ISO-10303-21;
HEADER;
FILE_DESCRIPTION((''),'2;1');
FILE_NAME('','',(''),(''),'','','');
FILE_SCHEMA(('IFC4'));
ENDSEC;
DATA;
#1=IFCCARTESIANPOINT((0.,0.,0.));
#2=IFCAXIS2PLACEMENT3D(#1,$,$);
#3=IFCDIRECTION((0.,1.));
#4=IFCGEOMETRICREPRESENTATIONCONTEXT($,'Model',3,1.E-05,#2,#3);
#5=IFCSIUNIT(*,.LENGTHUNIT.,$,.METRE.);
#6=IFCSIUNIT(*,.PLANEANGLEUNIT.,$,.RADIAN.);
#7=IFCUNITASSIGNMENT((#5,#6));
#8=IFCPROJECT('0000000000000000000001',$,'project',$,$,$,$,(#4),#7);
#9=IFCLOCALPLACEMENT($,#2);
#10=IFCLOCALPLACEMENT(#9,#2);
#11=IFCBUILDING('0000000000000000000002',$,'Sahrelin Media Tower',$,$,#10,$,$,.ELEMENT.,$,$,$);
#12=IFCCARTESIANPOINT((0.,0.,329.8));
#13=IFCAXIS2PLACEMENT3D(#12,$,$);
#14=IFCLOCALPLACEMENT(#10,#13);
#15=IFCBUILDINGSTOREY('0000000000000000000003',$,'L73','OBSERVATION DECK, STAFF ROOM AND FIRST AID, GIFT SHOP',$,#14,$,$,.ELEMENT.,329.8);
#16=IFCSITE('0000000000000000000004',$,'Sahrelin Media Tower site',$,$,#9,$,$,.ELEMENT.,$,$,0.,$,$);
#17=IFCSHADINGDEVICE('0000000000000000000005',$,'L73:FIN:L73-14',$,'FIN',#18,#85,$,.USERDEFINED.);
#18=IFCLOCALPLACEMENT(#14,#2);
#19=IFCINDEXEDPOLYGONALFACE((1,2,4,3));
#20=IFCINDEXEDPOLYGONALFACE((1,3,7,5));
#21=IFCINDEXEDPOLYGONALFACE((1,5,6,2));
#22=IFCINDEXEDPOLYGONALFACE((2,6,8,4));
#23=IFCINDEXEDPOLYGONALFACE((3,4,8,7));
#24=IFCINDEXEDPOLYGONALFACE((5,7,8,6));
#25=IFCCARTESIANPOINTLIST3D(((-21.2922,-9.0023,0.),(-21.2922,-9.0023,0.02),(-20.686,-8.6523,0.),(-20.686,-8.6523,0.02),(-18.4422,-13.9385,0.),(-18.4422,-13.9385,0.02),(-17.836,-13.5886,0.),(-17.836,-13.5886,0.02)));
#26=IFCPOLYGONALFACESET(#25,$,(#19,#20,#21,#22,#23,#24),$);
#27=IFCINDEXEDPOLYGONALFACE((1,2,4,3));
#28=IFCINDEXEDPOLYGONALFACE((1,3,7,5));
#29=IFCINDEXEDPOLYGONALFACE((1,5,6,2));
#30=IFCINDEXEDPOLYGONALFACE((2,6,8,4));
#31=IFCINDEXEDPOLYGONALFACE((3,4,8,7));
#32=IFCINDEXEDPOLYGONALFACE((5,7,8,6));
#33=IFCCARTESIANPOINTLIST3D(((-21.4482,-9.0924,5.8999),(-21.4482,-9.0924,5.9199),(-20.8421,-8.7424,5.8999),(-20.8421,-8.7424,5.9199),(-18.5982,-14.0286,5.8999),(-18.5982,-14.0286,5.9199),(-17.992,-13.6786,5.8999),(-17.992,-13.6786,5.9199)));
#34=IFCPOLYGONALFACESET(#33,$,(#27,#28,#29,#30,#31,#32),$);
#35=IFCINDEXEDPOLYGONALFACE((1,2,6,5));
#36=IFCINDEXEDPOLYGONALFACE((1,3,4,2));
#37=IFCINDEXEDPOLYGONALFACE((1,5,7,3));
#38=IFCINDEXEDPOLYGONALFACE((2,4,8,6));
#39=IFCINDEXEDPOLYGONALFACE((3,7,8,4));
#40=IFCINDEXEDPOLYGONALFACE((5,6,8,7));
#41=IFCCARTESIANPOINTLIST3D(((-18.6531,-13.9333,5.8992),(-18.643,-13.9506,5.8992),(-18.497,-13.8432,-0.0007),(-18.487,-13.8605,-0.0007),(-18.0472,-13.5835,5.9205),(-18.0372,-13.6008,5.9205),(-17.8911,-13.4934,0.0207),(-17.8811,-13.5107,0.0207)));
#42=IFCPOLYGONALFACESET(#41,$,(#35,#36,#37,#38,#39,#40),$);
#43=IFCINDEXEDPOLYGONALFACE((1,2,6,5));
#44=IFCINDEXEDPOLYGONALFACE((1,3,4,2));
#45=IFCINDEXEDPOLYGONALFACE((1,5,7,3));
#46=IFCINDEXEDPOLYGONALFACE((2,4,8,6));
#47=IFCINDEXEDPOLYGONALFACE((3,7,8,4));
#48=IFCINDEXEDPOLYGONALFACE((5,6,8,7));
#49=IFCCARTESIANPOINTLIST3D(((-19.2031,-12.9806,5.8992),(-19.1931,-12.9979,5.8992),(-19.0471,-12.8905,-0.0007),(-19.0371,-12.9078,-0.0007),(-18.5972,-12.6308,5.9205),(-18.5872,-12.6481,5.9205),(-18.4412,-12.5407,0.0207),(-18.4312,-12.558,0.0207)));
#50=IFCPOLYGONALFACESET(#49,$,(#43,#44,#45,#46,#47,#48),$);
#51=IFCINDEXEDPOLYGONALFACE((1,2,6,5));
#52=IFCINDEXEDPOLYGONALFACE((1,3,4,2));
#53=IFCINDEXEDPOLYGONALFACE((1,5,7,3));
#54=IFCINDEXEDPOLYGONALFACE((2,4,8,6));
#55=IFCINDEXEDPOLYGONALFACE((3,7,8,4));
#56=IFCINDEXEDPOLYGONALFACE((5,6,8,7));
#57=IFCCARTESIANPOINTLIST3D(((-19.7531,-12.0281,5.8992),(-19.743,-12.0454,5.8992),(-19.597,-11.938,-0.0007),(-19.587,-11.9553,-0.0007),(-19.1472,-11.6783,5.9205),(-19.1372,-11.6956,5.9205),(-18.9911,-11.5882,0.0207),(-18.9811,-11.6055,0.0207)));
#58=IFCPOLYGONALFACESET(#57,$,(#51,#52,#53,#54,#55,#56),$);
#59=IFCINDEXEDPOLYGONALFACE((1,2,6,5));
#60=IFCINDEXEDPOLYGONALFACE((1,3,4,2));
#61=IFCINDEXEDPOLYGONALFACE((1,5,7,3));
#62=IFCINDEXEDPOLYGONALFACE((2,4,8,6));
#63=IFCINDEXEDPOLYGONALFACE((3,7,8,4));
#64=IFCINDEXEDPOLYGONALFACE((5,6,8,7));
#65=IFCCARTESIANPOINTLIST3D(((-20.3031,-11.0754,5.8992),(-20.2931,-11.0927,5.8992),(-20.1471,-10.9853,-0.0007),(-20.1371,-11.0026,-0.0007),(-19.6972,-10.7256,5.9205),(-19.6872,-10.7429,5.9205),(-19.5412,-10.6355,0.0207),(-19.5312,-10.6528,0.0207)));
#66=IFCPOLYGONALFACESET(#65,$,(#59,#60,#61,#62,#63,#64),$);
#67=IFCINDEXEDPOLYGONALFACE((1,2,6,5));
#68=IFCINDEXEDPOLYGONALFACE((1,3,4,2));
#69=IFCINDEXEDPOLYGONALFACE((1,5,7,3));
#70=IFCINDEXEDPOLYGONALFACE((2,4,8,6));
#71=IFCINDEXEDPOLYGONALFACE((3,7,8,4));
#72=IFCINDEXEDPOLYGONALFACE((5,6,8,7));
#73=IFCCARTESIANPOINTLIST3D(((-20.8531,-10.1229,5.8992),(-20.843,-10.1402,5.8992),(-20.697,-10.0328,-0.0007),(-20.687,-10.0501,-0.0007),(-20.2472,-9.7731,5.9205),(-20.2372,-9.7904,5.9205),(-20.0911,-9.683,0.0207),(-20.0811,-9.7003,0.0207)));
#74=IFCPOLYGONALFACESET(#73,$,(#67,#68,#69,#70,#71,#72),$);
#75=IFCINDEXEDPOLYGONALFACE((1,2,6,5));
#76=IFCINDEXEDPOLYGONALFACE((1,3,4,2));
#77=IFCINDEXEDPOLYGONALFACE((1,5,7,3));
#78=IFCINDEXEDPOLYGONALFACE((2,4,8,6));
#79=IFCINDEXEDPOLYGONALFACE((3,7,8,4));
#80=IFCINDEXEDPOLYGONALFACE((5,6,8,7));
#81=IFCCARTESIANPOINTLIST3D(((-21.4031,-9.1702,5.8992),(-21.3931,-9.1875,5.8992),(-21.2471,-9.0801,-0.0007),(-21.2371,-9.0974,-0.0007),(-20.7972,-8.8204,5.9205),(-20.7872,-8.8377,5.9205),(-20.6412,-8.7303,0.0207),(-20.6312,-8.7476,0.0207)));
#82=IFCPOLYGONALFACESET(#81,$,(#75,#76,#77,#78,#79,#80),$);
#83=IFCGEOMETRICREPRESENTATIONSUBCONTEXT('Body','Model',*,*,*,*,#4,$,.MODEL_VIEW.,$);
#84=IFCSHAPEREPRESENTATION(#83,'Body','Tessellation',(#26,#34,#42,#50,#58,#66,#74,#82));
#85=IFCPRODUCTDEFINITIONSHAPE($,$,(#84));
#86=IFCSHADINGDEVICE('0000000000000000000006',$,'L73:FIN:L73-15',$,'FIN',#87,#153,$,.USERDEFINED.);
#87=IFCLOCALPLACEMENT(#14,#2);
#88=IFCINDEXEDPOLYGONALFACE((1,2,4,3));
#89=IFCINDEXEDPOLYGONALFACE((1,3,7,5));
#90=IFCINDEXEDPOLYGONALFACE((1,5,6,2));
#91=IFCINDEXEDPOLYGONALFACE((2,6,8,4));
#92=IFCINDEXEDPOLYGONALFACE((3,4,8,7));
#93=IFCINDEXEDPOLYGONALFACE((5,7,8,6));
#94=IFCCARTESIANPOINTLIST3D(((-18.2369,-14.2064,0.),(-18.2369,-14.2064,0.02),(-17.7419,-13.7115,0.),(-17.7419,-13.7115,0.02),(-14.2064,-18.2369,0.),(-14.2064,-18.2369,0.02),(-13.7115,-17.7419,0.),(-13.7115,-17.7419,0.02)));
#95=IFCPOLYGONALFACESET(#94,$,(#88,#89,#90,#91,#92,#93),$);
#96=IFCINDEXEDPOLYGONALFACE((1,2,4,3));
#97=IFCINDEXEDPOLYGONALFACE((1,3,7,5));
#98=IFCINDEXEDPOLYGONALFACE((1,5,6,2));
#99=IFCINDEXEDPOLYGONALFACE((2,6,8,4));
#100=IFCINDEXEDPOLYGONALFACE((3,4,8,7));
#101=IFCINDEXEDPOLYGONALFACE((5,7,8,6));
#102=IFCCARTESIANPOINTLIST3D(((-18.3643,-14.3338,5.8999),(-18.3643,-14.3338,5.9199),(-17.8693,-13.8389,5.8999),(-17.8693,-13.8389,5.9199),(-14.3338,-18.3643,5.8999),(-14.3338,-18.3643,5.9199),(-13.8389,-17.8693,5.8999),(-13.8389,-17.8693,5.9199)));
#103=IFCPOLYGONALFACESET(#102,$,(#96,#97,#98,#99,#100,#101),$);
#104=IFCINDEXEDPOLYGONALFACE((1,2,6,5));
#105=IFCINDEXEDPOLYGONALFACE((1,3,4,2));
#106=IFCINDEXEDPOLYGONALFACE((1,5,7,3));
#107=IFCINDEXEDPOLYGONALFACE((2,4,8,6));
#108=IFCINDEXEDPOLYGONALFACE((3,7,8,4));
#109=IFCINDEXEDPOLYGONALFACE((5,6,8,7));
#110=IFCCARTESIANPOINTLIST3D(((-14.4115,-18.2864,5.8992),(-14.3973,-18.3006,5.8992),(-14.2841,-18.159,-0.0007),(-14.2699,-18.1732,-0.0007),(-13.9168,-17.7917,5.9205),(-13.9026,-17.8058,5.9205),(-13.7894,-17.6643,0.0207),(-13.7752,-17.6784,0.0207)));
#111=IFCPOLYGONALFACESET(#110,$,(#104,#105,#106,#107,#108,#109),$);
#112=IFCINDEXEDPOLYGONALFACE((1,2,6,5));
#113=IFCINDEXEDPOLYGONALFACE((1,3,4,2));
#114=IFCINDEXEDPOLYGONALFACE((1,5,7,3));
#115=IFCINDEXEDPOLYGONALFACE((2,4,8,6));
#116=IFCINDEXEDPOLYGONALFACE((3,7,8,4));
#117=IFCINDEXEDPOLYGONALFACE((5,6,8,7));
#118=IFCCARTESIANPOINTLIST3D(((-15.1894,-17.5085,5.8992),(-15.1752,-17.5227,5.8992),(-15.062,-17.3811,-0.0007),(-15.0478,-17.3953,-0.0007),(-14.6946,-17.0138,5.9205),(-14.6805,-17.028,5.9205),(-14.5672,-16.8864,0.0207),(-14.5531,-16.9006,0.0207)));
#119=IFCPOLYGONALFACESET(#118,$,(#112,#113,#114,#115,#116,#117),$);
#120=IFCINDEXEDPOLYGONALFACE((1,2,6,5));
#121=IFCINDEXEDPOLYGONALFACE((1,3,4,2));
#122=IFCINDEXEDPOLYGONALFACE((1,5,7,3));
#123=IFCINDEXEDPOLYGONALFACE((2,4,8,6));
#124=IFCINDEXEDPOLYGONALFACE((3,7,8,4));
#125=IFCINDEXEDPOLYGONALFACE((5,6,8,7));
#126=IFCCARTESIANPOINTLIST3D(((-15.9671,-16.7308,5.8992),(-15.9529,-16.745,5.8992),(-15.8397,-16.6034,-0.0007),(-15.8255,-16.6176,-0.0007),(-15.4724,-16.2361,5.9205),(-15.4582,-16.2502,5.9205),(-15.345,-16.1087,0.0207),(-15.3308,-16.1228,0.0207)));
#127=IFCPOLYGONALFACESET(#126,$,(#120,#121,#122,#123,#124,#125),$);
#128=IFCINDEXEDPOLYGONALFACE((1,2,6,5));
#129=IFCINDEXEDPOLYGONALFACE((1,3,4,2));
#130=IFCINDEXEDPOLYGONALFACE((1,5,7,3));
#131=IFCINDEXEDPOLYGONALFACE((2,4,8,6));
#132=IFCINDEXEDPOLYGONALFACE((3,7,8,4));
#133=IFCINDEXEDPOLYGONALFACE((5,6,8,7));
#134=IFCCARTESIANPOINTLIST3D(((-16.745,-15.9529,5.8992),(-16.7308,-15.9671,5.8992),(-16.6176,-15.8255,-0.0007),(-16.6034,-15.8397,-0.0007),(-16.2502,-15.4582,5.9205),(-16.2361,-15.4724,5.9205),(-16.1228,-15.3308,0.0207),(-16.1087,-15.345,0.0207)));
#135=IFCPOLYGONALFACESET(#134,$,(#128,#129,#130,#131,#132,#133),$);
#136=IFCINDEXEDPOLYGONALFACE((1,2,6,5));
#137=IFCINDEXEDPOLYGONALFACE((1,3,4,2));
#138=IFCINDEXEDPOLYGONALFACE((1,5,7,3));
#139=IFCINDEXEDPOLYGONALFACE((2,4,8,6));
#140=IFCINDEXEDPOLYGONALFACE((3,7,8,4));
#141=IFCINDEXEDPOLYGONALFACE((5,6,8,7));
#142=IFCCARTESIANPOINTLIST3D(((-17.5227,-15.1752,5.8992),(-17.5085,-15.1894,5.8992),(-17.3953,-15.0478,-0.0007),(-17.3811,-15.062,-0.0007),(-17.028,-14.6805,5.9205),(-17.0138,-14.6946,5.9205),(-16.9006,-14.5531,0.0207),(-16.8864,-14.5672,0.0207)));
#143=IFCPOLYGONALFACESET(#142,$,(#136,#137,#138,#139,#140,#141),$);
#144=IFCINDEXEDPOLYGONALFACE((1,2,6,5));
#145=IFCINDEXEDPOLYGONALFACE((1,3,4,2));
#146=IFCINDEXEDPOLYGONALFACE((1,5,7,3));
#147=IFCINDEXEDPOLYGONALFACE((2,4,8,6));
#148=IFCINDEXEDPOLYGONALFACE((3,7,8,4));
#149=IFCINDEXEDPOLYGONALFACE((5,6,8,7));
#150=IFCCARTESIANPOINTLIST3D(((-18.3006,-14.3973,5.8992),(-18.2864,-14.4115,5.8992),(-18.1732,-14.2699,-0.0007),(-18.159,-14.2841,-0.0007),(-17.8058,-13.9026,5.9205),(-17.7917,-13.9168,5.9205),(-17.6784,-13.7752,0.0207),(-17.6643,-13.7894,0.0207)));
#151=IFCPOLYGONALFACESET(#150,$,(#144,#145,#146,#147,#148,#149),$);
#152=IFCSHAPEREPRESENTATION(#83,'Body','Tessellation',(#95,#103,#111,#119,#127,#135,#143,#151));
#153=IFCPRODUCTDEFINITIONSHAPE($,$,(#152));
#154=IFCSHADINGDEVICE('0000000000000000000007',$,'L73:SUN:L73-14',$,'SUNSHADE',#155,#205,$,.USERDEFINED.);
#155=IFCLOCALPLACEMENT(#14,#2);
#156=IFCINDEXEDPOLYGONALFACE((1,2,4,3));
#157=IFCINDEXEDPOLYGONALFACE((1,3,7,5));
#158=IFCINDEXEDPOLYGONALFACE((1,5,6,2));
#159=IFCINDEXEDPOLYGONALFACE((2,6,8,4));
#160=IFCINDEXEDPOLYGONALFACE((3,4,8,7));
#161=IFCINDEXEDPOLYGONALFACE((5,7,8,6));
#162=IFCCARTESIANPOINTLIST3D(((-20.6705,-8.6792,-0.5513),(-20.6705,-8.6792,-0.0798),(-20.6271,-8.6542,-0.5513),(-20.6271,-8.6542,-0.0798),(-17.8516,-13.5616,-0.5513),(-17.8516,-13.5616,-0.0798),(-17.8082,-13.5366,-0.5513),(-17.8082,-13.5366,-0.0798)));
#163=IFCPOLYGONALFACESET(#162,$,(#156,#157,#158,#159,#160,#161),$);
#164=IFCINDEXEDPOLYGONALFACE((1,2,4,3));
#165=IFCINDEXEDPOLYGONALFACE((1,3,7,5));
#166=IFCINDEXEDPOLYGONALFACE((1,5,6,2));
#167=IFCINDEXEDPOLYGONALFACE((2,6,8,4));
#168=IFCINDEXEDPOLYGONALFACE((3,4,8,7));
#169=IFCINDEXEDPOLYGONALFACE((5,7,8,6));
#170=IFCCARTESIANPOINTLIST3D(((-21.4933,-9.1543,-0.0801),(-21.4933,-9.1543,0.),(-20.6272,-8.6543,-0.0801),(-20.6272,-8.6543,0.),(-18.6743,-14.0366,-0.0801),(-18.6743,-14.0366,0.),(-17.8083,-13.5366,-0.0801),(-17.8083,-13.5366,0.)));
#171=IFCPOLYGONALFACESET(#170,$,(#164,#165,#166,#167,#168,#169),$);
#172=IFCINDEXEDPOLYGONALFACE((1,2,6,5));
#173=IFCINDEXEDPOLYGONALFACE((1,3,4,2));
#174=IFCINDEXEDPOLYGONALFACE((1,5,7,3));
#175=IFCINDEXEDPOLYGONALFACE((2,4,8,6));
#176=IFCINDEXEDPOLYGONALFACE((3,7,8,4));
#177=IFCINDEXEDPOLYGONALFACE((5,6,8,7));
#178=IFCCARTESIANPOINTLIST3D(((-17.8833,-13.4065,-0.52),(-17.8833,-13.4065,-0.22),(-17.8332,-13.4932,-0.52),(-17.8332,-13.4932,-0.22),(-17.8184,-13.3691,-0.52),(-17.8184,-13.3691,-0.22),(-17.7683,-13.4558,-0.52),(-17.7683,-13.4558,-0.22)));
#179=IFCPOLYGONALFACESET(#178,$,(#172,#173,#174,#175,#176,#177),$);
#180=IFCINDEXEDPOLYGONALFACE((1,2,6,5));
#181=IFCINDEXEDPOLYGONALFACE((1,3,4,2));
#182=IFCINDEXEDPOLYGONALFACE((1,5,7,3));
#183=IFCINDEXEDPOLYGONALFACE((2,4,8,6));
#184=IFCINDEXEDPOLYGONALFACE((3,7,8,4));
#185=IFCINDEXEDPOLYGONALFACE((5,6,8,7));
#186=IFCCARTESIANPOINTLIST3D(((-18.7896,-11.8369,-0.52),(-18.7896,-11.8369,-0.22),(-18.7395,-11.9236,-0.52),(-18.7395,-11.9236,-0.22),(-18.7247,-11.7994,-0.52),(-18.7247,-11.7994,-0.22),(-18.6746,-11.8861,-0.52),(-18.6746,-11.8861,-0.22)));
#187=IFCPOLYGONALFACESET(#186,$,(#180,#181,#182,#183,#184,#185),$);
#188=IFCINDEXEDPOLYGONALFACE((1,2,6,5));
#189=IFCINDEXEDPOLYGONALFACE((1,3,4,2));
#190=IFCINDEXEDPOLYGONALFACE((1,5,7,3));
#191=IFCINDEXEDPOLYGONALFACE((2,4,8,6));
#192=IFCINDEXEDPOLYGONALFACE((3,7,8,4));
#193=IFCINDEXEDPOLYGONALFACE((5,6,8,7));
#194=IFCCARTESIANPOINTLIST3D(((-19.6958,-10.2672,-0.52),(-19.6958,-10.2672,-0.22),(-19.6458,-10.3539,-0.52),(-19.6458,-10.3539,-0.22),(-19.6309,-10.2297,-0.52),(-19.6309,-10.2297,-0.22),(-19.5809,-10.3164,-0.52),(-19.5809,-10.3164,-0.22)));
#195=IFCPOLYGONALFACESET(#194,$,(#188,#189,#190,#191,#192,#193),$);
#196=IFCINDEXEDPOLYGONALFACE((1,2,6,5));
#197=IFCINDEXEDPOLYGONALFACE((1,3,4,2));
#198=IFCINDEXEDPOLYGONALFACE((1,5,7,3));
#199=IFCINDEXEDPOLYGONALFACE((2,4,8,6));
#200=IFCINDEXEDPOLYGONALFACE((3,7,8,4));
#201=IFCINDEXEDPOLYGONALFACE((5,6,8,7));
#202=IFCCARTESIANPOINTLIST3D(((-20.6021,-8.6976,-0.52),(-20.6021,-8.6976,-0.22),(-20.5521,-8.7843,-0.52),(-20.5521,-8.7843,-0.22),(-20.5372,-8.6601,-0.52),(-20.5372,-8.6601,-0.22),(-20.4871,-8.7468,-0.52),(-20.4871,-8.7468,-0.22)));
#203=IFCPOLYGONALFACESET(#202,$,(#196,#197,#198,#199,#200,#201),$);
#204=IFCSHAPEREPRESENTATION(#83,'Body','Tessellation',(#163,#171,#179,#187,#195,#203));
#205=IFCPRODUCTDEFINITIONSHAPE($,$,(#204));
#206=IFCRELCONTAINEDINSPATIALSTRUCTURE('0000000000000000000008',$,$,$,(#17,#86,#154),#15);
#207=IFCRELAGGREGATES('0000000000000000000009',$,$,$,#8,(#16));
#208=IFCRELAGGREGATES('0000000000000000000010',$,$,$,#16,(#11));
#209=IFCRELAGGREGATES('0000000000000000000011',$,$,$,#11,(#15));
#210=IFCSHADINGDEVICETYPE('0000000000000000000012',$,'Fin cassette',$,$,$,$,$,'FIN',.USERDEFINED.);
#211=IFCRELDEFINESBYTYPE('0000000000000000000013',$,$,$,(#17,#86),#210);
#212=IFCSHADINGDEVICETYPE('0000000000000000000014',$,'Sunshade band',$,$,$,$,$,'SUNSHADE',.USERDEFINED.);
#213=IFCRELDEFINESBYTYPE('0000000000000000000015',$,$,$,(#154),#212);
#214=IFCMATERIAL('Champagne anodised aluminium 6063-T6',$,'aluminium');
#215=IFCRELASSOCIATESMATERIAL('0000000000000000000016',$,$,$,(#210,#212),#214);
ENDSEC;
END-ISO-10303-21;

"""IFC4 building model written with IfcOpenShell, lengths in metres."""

from ifc_helpers import new_model, si_unit, direction, frame, origin, origin_2d, place, context, subcontext, project, spatial, rectangle, extrude, material, type_object, element, save


model = new_model("IFC4")

# Units and contexts
model_context = context("Model", 3, precision=1e-05, world=origin(), true_north=direction((0.0, 1.0)))
body_context = subcontext(model_context, "Body", "Model", "MODEL_VIEW")
ifc_project = project(units=[si_unit("LENGTHUNIT", "METRE"), si_unit("PLANEANGLEUNIT", "RADIAN")], contexts=[model_context])

# Site, building, storey
site_placement = place(None, origin())
site = spatial("IfcSite", under=ifc_project, at=site_placement, Name="Sahrelin Media Tower site", CompositionType="ELEMENT", RefElevation=0.0)
building_placement = place(site_placement, origin())
building = spatial("IfcBuilding", under=site, at=building_placement, Name="Sahrelin Media Tower", CompositionType="ELEMENT")
storey_placement = place(building_placement, frame((0.0, 0.0, 329.8)))
storey = spatial("IfcBuildingStorey", under=building, at=storey_placement, Name="L73", Description="OBSERVATION DECK, STAFF ROOM AND FIRST AID, GIFT SHOP", CompositionType="ELEMENT", Elevation=329.8)

# Shared definitions
ifc_material_1 = material(Name="Champagne anodised aluminium 6063-T6", Category="aluminium")

# Shading devices
shading_device_type_1 = type_object("IfcShadingDeviceType", Name="Fin cassette", ElementType="FIN", PredefinedType="USERDEFINED", material=ifc_material_1)
placement_1 = place(storey_placement, frame((-19.2004, -11.0854, 0.0), z_axis=(0.0, 0.0, 1.0), x_axis=(-0.500011, 0.866019, 0.0)))
element("IfcShadingDevice", 1, at=placement_1, inside=storey, type_object=shading_device_type_1, Name="L73:FIN:L73-14", ObjectType="FIN", PredefinedType="USERDEFINED", context=body_context, shape_type="SweptSolid", body=[
    extrude(rectangle(XDim=5.7, YDim=0.7, at=origin_2d()), frame((0.0, 0.4199, 0.0)), (0.0, 0.0, 1.0), 0.02),
    extrude(rectangle(XDim=5.7, YDim=0.7, at=origin_2d()), frame((0.0, 0.6001, 5.8999)), (0.0, 0.0, 1.0), 0.02),
    extrude(rectangle(XDim=0.02, YDim=0.7, at=origin_2d()), frame((-2.75, 0.4199, 0.01), z_axis=(0.0, 0.030525, 0.999534), x_axis=(-1.0, 0.0, 0.0)), (0.0, 0.0, 1.0), 5.9026),
    extrude(rectangle(XDim=0.02, YDim=0.7, at=origin_2d()), frame((-1.6499, 0.4199, 0.01), z_axis=(0.0, 0.030525, 0.999534), x_axis=(-1.0, 0.0, 0.0)), (0.0, 0.0, 1.0), 5.9026),
    extrude(rectangle(XDim=0.02, YDim=0.7, at=origin_2d()), frame((-0.55, 0.4199, 0.01), z_axis=(0.0, 0.030525, 0.999534), x_axis=(-1.0, 0.0, 0.0)), (0.0, 0.0, 1.0), 5.9026),
    extrude(rectangle(XDim=0.02, YDim=0.7, at=origin_2d()), frame((0.55, 0.4199, 0.01), z_axis=(0.0, 0.030525, 0.999534), x_axis=(-1.0, 0.0, 0.0)), (0.0, 0.0, 1.0), 5.9026),
    extrude(rectangle(XDim=0.02, YDim=0.7, at=origin_2d()), frame((1.6499, 0.4199, 0.01), z_axis=(0.0, 0.030525, 0.999534), x_axis=(-1.0, 0.0, 0.0)), (0.0, 0.0, 1.0), 5.9026),
    extrude(rectangle(XDim=0.02, YDim=0.7, at=origin_2d()), frame((2.75, 0.4199, 0.01), z_axis=(0.0, 0.030525, 0.999534), x_axis=(-1.0, 0.0, 0.0)), (0.0, 0.0, 1.0), 5.9026),
])
placement_2 = place(storey_placement, frame((-15.6772, -15.6772, 0.0), z_axis=(0.0, 0.0, 1.0), x_axis=(-0.707107, 0.707107, 0.0)))
element("IfcShadingDevice", 2, at=placement_2, inside=storey, type_object=shading_device_type_1, Name="L73:FIN:L73-15", ObjectType="FIN", PredefinedType="USERDEFINED", context=body_context, shape_type="SweptSolid", body=[
    extrude(rectangle(XDim=5.7, YDim=0.7, at=origin_2d()), frame((0.0, 0.4199, 0.0)), (0.0, 0.0, 1.0), 0.02),
    extrude(rectangle(XDim=5.7, YDim=0.7, at=origin_2d()), frame((0.0, 0.6001, 5.8999)), (0.0, 0.0, 1.0), 0.02),
    extrude(rectangle(XDim=0.02, YDim=0.7, at=origin_2d()), frame((-2.75, 0.4199, 0.01), z_axis=(0.0, 0.030525, 0.999534), x_axis=(-1.0, 0.0, 0.0)), (0.0, 0.0, 1.0), 5.9026),
    extrude(rectangle(XDim=0.02, YDim=0.7, at=origin_2d()), frame((-1.6499, 0.4199, 0.01), z_axis=(0.0, 0.030525, 0.999534), x_axis=(-1.0, 0.0, 0.0)), (0.0, 0.0, 1.0), 5.9026),
    extrude(rectangle(XDim=0.02, YDim=0.7, at=origin_2d()), frame((-0.55, 0.4199, 0.01), z_axis=(0.0, 0.030525, 0.999534), x_axis=(-1.0, 0.0, 0.0)), (0.0, 0.0, 1.0), 5.9026),
    extrude(rectangle(XDim=0.02, YDim=0.7, at=origin_2d()), frame((0.55, 0.4199, 0.01), z_axis=(0.0, 0.030525, 0.999534), x_axis=(-1.0, 0.0, 0.0)), (0.0, 0.0, 1.0), 5.9026),
    extrude(rectangle(XDim=0.02, YDim=0.7, at=origin_2d()), frame((1.6499, 0.4199, 0.01), z_axis=(0.0, 0.030525, 0.999534), x_axis=(-1.0, 0.0, 0.0)), (0.0, 0.0, 1.0), 5.9026),
    extrude(rectangle(XDim=0.02, YDim=0.7, at=origin_2d()), frame((2.75, 0.4199, 0.01), z_axis=(0.0, 0.030525, 0.999534), x_axis=(-1.0, 0.0, 0.0)), (0.0, 0.0, 1.0), 5.9026),
])
shading_device_type_2 = type_object("IfcShadingDeviceType", Name="Sunshade band", ElementType="SUNSHADE", PredefinedType="USERDEFINED", material=ifc_material_1)
element("IfcShadingDevice", 3, at=placement_1, inside=storey, type_object=shading_device_type_2, Name="L73:SUN:L73-14", ObjectType="SUNSHADE", PredefinedType="USERDEFINED", context=body_context, shape_type="SweptSolid", body=[
    extrude(rectangle(XDim=5.6377, YDim=0.05, at=origin_2d()), frame((0.0, 0.0449, -0.5513)), (0.0, 0.0, 1.0), 0.4714),
    extrude(rectangle(XDim=5.6377, YDim=1.0, at=origin_2d()), frame((0.0, 0.52, -0.0801)), (0.0, 0.0, 1.0), 0.0801),
    extrude(rectangle(XDim=0.1001, YDim=0.075, at=origin_2d()), frame((-2.7188, -0.0176, -0.52)), (0.0, 0.0, 1.0), 0.3),
    extrude(rectangle(XDim=0.1001, YDim=0.075, at=origin_2d()), frame((-0.9062, -0.0176, -0.52)), (0.0, 0.0, 1.0), 0.3),
    extrude(rectangle(XDim=0.1001, YDim=0.075, at=origin_2d()), frame((0.9062, -0.0176, -0.52)), (0.0, 0.0, 1.0), 0.3),
    extrude(rectangle(XDim=0.1001, YDim=0.075, at=origin_2d()), frame((2.7188, -0.0176, -0.52)), (0.0, 0.0, 1.0), 0.3),
])

save(model, "model.ifc")
